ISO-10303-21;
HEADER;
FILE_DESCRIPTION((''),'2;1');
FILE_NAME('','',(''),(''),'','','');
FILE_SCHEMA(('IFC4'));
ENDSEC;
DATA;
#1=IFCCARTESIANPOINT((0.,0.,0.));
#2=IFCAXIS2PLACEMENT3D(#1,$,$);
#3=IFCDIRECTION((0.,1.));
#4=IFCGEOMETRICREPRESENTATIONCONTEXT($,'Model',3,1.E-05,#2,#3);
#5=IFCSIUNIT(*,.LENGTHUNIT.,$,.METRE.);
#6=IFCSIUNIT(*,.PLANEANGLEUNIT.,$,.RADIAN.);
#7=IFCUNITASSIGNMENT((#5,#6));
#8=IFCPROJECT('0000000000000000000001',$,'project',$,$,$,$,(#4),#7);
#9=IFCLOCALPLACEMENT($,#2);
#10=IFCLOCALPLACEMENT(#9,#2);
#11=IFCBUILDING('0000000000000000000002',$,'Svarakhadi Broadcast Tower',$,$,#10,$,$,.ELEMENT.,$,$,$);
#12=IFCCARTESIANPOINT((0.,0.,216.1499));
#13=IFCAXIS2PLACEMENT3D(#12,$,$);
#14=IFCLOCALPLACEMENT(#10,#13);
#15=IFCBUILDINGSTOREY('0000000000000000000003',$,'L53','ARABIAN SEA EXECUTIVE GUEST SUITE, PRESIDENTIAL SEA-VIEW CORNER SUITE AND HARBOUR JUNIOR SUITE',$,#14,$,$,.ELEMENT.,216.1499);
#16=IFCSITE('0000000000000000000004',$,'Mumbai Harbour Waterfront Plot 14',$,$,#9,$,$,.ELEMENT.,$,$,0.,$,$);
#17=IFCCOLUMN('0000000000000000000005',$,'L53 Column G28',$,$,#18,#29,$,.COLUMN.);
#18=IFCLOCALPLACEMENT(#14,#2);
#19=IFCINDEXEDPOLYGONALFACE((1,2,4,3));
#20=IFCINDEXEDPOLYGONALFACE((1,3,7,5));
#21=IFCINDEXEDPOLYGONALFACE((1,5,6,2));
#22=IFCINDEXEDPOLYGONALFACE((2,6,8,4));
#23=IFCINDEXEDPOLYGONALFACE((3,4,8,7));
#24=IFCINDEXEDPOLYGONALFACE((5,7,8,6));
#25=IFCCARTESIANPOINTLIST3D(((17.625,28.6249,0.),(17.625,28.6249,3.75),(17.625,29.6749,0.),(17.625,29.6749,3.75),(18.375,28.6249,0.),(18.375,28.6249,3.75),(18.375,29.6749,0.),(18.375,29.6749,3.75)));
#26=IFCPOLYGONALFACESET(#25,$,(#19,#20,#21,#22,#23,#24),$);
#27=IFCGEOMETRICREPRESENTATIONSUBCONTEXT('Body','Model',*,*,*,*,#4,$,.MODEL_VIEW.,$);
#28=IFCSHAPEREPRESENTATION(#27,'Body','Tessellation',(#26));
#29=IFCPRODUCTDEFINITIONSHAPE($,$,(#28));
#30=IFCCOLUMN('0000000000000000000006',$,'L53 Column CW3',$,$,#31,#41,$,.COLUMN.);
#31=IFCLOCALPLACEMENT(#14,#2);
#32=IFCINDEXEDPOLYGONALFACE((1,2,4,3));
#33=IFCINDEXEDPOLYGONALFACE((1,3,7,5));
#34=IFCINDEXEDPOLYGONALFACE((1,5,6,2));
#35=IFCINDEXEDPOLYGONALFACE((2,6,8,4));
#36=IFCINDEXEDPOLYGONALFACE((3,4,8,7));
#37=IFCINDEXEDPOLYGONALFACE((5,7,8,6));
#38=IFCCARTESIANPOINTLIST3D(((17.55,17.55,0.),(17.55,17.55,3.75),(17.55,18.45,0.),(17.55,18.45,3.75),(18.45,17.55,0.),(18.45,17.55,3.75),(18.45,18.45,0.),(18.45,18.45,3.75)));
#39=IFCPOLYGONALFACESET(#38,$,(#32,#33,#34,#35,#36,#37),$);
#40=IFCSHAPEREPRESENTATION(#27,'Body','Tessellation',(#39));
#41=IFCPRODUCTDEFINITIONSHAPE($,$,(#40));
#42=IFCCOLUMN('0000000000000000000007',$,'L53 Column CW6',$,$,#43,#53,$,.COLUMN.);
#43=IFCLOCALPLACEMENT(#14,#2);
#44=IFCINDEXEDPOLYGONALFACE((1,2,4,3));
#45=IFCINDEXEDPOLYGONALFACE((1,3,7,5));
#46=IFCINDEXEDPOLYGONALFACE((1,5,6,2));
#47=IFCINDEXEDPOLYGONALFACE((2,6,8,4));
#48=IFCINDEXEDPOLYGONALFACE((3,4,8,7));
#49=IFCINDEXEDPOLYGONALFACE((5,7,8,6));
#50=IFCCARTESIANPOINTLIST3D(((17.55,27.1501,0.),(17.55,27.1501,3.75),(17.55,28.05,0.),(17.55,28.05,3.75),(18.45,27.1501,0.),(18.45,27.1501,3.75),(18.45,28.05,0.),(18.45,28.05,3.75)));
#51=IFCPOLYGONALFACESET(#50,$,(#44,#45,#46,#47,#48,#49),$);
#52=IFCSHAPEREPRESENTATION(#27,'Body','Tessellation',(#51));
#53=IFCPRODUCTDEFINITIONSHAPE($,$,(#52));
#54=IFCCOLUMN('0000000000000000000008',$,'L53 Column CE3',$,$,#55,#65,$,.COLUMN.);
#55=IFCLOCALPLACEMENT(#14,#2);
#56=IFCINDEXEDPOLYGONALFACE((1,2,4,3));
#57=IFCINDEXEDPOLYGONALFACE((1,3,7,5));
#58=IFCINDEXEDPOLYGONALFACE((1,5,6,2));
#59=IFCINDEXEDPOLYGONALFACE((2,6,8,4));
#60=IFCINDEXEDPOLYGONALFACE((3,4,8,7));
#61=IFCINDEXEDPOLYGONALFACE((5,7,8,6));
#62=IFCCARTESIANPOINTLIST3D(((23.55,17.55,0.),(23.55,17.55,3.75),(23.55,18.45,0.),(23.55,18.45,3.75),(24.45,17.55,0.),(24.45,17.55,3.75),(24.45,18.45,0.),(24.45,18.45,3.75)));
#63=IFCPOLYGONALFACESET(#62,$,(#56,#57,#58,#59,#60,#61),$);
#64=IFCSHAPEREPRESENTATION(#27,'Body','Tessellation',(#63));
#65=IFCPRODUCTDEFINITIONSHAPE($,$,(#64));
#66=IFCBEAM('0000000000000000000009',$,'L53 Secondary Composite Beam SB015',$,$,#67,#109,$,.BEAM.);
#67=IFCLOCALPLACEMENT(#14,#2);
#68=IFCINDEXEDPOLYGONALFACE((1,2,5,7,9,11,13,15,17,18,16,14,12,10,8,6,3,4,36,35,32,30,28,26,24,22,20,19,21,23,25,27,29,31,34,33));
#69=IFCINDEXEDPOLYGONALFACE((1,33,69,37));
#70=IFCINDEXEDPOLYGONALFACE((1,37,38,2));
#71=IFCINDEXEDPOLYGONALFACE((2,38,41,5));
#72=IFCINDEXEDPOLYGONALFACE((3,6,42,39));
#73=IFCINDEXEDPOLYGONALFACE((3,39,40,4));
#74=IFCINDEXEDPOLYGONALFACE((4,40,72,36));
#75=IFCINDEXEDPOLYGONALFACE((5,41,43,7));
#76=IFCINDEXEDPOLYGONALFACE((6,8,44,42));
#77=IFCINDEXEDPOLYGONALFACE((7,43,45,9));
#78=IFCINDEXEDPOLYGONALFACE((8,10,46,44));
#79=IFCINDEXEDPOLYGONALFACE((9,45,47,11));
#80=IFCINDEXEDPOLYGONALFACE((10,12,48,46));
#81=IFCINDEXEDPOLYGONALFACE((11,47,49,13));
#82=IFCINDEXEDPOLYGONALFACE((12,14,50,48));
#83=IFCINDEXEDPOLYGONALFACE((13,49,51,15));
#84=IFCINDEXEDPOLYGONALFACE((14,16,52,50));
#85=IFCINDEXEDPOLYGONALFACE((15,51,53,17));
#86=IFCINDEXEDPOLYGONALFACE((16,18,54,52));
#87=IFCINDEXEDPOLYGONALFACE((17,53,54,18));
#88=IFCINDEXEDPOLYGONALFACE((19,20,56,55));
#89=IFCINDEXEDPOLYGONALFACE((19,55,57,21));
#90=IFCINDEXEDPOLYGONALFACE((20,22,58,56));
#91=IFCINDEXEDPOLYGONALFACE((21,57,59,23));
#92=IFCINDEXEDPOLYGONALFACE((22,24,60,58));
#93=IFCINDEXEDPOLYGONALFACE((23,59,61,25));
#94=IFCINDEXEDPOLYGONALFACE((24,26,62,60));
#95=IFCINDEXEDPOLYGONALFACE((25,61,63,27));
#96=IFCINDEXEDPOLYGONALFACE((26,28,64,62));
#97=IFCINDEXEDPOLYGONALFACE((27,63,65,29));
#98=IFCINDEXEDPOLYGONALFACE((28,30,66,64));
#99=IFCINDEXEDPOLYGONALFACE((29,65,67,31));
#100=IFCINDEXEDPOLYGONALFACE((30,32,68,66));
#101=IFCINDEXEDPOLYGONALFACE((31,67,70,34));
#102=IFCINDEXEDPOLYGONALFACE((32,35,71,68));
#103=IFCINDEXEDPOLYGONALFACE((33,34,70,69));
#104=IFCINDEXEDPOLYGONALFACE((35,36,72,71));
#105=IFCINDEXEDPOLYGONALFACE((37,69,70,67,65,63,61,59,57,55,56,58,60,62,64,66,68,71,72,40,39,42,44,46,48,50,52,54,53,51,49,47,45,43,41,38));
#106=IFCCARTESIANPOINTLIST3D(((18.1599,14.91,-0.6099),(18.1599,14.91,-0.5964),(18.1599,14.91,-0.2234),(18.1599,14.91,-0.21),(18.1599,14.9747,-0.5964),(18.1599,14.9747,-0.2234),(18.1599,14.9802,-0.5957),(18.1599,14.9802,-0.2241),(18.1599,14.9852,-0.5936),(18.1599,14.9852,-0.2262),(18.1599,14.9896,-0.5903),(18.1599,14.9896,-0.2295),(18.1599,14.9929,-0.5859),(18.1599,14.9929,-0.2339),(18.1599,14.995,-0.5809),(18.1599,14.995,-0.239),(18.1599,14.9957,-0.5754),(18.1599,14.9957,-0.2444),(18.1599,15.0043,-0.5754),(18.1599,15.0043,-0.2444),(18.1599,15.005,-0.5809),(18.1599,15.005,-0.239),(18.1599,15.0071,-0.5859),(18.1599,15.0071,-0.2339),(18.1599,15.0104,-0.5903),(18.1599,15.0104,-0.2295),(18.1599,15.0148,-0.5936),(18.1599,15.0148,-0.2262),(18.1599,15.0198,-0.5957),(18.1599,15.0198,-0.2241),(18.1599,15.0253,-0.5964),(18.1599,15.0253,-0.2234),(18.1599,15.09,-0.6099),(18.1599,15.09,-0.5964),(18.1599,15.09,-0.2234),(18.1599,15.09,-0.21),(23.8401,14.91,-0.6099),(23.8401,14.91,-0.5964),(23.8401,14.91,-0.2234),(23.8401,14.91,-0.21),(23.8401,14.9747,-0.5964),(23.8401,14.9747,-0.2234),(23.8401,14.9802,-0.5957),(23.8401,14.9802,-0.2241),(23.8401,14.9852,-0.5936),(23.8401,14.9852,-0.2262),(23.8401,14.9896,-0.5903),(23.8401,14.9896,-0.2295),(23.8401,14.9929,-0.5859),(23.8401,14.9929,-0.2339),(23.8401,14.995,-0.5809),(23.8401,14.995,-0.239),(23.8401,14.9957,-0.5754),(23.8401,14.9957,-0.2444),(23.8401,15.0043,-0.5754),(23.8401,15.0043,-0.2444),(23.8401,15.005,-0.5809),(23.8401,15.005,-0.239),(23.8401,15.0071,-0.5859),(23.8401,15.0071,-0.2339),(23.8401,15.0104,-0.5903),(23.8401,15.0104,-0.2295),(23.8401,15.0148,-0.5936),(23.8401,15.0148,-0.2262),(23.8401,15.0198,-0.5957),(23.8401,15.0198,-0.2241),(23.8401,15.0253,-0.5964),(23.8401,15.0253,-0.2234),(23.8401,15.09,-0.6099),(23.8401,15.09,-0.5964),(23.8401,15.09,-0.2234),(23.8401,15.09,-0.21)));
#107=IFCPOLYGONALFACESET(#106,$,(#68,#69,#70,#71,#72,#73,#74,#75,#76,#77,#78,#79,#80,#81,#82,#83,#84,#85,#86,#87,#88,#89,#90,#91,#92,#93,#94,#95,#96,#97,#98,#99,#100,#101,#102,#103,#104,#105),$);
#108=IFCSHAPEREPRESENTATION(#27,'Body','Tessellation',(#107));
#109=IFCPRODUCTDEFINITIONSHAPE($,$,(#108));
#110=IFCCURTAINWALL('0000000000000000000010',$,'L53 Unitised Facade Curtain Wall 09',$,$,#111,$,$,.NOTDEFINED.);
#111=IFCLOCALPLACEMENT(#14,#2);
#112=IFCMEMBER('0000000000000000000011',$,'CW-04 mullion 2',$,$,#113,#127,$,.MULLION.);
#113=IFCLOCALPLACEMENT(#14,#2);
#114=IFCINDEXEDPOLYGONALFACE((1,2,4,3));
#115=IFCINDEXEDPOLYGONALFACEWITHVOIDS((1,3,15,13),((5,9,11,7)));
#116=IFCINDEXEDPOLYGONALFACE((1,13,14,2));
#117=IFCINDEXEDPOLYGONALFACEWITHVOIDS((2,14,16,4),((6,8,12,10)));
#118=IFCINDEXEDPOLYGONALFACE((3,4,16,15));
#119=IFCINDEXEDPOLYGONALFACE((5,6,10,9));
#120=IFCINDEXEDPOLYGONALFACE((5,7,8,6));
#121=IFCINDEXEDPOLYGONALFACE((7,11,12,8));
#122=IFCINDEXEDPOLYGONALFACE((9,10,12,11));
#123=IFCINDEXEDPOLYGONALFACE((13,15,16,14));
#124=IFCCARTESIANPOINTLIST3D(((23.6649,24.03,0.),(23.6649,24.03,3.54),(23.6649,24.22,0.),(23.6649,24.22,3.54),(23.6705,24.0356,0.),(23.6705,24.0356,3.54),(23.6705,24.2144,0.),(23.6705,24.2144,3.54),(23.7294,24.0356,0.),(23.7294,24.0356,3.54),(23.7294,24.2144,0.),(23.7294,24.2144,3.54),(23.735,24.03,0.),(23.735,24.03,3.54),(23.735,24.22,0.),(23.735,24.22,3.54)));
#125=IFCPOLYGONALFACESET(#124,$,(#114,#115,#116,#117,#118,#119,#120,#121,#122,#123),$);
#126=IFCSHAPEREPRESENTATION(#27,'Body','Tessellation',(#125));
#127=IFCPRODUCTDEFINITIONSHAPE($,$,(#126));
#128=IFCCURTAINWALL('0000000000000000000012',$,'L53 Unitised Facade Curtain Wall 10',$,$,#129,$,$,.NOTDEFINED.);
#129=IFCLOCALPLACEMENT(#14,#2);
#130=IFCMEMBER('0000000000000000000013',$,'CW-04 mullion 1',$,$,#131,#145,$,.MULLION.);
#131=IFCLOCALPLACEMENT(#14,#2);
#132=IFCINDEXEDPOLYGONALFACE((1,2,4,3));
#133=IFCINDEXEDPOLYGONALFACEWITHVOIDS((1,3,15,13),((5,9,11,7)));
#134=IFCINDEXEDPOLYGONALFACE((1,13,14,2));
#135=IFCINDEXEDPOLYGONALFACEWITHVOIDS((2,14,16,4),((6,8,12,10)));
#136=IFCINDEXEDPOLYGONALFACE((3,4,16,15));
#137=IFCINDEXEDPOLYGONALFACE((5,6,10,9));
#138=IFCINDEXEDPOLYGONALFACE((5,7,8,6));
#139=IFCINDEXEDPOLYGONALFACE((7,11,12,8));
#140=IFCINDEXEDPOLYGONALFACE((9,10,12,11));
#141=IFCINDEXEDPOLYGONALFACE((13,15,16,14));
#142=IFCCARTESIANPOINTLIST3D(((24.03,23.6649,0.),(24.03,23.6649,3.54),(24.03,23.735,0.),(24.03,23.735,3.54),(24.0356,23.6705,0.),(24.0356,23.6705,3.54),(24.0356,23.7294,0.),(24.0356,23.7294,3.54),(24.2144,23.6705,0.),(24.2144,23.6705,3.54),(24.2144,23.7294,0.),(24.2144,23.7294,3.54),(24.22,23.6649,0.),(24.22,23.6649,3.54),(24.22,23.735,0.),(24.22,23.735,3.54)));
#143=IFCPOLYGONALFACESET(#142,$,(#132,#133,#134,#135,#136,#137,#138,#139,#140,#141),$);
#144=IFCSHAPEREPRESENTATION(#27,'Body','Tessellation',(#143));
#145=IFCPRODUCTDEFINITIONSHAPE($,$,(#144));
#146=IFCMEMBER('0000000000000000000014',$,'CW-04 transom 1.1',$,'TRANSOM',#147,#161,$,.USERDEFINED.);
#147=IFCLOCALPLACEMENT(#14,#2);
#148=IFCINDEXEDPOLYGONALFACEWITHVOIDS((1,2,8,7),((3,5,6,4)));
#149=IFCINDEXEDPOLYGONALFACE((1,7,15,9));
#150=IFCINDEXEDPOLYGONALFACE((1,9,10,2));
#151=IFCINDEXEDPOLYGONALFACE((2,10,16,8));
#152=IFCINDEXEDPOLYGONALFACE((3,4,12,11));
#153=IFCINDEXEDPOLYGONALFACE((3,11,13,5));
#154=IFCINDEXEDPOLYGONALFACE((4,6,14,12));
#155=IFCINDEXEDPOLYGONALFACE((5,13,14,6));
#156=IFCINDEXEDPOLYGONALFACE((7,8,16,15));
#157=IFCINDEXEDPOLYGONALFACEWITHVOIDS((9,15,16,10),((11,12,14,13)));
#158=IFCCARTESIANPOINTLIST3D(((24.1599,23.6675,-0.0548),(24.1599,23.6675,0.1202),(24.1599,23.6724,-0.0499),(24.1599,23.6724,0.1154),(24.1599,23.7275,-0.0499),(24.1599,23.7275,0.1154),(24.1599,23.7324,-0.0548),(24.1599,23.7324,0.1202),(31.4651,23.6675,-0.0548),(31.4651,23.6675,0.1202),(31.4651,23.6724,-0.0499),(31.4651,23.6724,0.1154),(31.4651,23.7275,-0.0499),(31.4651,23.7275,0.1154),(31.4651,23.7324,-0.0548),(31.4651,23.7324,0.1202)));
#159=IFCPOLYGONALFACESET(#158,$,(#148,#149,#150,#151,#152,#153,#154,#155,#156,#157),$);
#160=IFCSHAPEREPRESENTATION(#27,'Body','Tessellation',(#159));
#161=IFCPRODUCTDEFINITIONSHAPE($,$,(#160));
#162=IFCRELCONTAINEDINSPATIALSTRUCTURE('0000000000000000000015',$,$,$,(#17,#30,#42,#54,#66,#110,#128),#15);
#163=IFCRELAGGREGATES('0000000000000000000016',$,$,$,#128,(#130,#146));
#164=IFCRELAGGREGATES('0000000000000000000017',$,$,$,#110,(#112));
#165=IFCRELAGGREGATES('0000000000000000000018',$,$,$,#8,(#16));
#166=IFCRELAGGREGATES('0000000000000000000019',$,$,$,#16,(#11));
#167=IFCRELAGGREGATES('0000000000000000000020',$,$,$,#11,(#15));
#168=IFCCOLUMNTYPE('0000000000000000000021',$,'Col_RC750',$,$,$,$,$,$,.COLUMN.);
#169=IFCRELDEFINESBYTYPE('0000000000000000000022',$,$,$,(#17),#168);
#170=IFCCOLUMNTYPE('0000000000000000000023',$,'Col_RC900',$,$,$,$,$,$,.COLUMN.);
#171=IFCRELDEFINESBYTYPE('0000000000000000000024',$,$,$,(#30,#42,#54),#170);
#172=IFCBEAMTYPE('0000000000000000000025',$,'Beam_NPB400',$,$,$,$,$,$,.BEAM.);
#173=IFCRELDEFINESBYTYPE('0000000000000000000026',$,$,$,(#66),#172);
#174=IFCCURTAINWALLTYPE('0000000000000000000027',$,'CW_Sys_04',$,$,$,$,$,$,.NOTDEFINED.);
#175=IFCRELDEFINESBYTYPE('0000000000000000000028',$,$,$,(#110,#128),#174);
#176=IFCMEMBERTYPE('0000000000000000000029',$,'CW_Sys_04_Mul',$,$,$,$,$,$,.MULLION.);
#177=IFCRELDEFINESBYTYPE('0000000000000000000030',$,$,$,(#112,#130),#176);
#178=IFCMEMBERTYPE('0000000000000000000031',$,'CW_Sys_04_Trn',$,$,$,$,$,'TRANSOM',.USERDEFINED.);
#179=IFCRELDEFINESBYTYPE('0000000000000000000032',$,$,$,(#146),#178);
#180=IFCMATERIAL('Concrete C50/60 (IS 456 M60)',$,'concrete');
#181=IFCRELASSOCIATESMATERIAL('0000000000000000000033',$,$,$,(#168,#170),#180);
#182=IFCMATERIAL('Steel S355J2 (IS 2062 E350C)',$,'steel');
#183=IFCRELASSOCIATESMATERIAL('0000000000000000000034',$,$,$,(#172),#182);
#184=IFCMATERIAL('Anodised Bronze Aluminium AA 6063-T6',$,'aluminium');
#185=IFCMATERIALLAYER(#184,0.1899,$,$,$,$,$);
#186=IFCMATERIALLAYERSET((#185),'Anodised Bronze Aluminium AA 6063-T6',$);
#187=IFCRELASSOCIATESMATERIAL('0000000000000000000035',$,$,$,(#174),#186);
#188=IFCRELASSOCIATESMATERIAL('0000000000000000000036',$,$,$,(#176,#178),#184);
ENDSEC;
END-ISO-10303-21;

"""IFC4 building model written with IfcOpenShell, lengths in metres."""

from ifc_helpers import new_model, si_unit, direction, frame, origin, origin_2d, place, context, subcontext, project, spatial, rectangle, hollow_rectangle, i_section, extrude, material, layer, layer_set, material_profile, profile_set, type_object, element, aggregate, save


model = new_model("IFC4")

# Units and contexts
model_context = context("Model", 3, precision=1e-05, world=origin(), true_north=direction((0.0, 1.0)))
body_context = subcontext(model_context, "Body", "Model", "MODEL_VIEW")
ifc_project = project(units=[si_unit("LENGTHUNIT", "METRE"), si_unit("PLANEANGLEUNIT", "RADIAN")], contexts=[model_context])

# Site, building, storey
site_placement = place(None, origin())
site = spatial("IfcSite", under=ifc_project, at=site_placement, Name="Mumbai Harbour Waterfront Plot 14", CompositionType="ELEMENT", RefElevation=0.0)
building_placement = place(site_placement, origin())
building = spatial("IfcBuilding", under=site, at=building_placement, Name="Svarakhadi Broadcast Tower", CompositionType="ELEMENT")
storey_placement = place(building_placement, frame((0.0, 0.0, 216.1499)))
storey = spatial("IfcBuildingStorey", under=building, at=storey_placement, Name="L53", Description="ARABIAN SEA EXECUTIVE GUEST SUITE, PRESIDENTIAL SEA-VIEW CORNER SUITE AND HARBOUR JUNIOR SUITE", CompositionType="ELEMENT", Elevation=216.1499)

# Columns
ifc_material_1 = material(Name="Concrete C50/60 (IS 456 M60)", Category="concrete")
ifc_material_profile_1 = material_profile(ifc_material_1, rectangle(XDim=0.75, YDim=1.05, at=origin_2d()), Name="RC 750x1050")
ifc_profile_set_1 = profile_set([ifc_material_profile_1], Name="Concrete C50/60 (IS 456 M60)")
column_type_1 = type_object("IfcColumnType", Name="Col_RC750", PredefinedType="COLUMN", material=ifc_profile_set_1)
column_placement = place(storey_placement, frame((18.0, 29.1499, 0.0), z_axis=(0.0, 0.0, 1.0), x_axis=(1.0, 0.0, 0.0)))
element("IfcColumn", 1, at=column_placement, inside=storey, type_object=column_type_1, Name="L53 Column G28", PredefinedType="COLUMN", context=body_context, shape_type="SweptSolid", body=[
    extrude(rectangle(XDim=0.75, YDim=1.05, at=origin_2d()), origin(), (0.0, 0.0, 1.0), 3.75),
])
ifc_material_profile_2 = material_profile(ifc_material_1, rectangle(XDim=0.8999, YDim=0.8999, at=origin_2d()), Name="RC 900x900")
ifc_profile_set_2 = profile_set([ifc_material_profile_2], Name="Concrete C50/60 (IS 456 M60)")
column_type_2 = type_object("IfcColumnType", Name="Col_RC900", PredefinedType="COLUMN", material=ifc_profile_set_2)
for number, where, z_axis, x_axis, name in (
    (2, (18.0, 18.0, 0.0), (0.0, 0.0, 1.0), (1.0, 0.0, 0.0), "L53 Column CW3"),
    (3, (18.0, 27.6001, 0.0), (0.0, 0.0, 1.0), (1.0, 0.0, 0.0), "L53 Column CW6"),
    (4, (24.0, 18.0, 0.0), (0.0, 0.0, 1.0), (1.0, 0.0, 0.0), "L53 Column CE3"),
):
    element("IfcColumn", number, at=place(storey_placement, frame(where, z_axis=z_axis, x_axis=x_axis)), inside=storey, type_object=column_type_2, Name=name, PredefinedType="COLUMN", context=body_context, shape_type="SweptSolid", body=[
        extrude(rectangle(XDim=0.8999, YDim=0.8999, at=origin_2d()), origin(), (0.0, 0.0, 1.0), 3.75),
    ])

# Beam
ifc_material_2 = material(Name="Steel S355J2 (IS 2062 E350C)", Category="steel")
ifc_material_profile_3 = material_profile(ifc_material_2, i_section(OverallWidth=0.1799, OverallDepth=0.3999, WebThickness=0.0085, FlangeThickness=0.0134, FilletRadius=0.021, at=origin_2d()), Name="NPB 400x180x66")
ifc_profile_set_3 = profile_set([ifc_material_profile_3], Name="Steel S355J2 (IS 2062 E350C)")
beam_type_1 = type_object("IfcBeamType", Name="Beam_NPB400", PredefinedType="BEAM", material=ifc_profile_set_3)
beam_placement = place(storey_placement, frame((18.1599, 15.0, -0.4099), z_axis=(1.0, 0.0, 0.0), x_axis=(0.0, 1.0, 0.0)))
element("IfcBeam", 5, at=beam_placement, inside=storey, type_object=beam_type_1, Name="L53 Secondary Composite Beam SB015", PredefinedType="BEAM", context=body_context, shape_type="SweptSolid", body=[
    extrude(i_section(OverallWidth=0.1799, OverallDepth=0.3999, WebThickness=0.0085, FlangeThickness=0.0134, FilletRadius=0.021, at=origin_2d()), origin(), (0.0, 0.0, 1.0), 5.6802),
])

# Curtain wall, member
ifc_material_3 = material(Name="Anodised Bronze Aluminium AA 6063-T6", Category="aluminium")
ifc_layer_1 = layer(ifc_material_3, 0.1899)
ifc_layer_set_1 = layer_set([ifc_layer_1], Name="Anodised Bronze Aluminium AA 6063-T6")
curtain_wall_type = type_object("IfcCurtainWallType", Name="CW_Sys_04", PredefinedType="NOTDEFINED", material=ifc_layer_set_1)
curtain_wall_1_placement = place(storey_placement, origin())
curtain_wall_1 = element("IfcCurtainWall", 6, at=curtain_wall_1_placement, inside=storey, type_object=curtain_wall_type, Name="L53 Unitised Facade Curtain Wall 09", PredefinedType="NOTDEFINED")
ifc_material_profile_4 = material_profile(ifc_material_3, hollow_rectangle(XDim=0.0701, YDim=0.1899, WallThickness=0.0056, at=origin_2d()), Name="ALU MULLION 190x70x6")
ifc_profile_set_4 = profile_set([ifc_material_profile_4], Name="Anodised Bronze Aluminium AA 6063-T6")
member_type_1 = type_object("IfcMemberType", Name="CW_Sys_04_Mul", PredefinedType="MULLION", material=ifc_profile_set_4)
member_1_placement = place(storey_placement, frame((23.7, 24.125, 0.0), z_axis=(0.0, 0.0, 1.0), x_axis=(1.0, 0.0, 0.0)))
member_1 = element("IfcMember", 7, at=member_1_placement, type_object=member_type_1, Name="CW-04 mullion 2", PredefinedType="MULLION", context=body_context, shape_type="SweptSolid", body=[
    extrude(hollow_rectangle(XDim=0.0701, YDim=0.1899, WallThickness=0.0056, at=origin_2d()), origin(), (0.0, 0.0, 1.0), 3.54),
])

# Curtain wall, members
curtain_wall_2_placement = place(storey_placement, origin())
curtain_wall_2 = element("IfcCurtainWall", 8, at=curtain_wall_2_placement, inside=storey, type_object=curtain_wall_type, Name="L53 Unitised Facade Curtain Wall 10", PredefinedType="NOTDEFINED")
member_2_placement = place(storey_placement, frame((24.125, 23.7, 0.0), z_axis=(0.0, 0.0, 1.0), x_axis=(0.0, 1.0, 0.0)))
member_2 = element("IfcMember", 9, at=member_2_placement, type_object=member_type_1, Name="CW-04 mullion 1", PredefinedType="MULLION", context=body_context, shape_type="SweptSolid", body=[
    extrude(hollow_rectangle(XDim=0.0701, YDim=0.1899, WallThickness=0.0056, at=origin_2d()), origin(), (0.0, 0.0, 1.0), 3.54),
])
ifc_material_profile_5 = material_profile(ifc_material_3, hollow_rectangle(XDim=0.0649, YDim=0.175, WallThickness=0.0049, at=origin_2d()), Name="ALU TRANSOM 175x65x5")
ifc_profile_set_5 = profile_set([ifc_material_profile_5], Name="Anodised Bronze Aluminium AA 6063-T6")
member_type_2 = type_object("IfcMemberType", Name="CW_Sys_04_Trn", ElementType="TRANSOM", PredefinedType="USERDEFINED", material=ifc_profile_set_5)
member_3_placement = place(storey_placement, frame((24.1599, 23.7, 0.0327), z_axis=(1.0, 0.0, 0.0), x_axis=(0.0, 1.0, 0.0)))
member_3 = element("IfcMember", 10, at=member_3_placement, type_object=member_type_2, Name="CW-04 transom 1.1", ObjectType="TRANSOM", PredefinedType="USERDEFINED", context=body_context, shape_type="SweptSolid", body=[
    extrude(hollow_rectangle(XDim=0.0649, YDim=0.175, WallThickness=0.0049, at=origin_2d()), origin(), (0.0, 0.0, 1.0), 7.3052),
])
aggregate(curtain_wall_2, [member_2, member_3])

aggregate(curtain_wall_1, [member_1])

save(model, "model.ifc")
